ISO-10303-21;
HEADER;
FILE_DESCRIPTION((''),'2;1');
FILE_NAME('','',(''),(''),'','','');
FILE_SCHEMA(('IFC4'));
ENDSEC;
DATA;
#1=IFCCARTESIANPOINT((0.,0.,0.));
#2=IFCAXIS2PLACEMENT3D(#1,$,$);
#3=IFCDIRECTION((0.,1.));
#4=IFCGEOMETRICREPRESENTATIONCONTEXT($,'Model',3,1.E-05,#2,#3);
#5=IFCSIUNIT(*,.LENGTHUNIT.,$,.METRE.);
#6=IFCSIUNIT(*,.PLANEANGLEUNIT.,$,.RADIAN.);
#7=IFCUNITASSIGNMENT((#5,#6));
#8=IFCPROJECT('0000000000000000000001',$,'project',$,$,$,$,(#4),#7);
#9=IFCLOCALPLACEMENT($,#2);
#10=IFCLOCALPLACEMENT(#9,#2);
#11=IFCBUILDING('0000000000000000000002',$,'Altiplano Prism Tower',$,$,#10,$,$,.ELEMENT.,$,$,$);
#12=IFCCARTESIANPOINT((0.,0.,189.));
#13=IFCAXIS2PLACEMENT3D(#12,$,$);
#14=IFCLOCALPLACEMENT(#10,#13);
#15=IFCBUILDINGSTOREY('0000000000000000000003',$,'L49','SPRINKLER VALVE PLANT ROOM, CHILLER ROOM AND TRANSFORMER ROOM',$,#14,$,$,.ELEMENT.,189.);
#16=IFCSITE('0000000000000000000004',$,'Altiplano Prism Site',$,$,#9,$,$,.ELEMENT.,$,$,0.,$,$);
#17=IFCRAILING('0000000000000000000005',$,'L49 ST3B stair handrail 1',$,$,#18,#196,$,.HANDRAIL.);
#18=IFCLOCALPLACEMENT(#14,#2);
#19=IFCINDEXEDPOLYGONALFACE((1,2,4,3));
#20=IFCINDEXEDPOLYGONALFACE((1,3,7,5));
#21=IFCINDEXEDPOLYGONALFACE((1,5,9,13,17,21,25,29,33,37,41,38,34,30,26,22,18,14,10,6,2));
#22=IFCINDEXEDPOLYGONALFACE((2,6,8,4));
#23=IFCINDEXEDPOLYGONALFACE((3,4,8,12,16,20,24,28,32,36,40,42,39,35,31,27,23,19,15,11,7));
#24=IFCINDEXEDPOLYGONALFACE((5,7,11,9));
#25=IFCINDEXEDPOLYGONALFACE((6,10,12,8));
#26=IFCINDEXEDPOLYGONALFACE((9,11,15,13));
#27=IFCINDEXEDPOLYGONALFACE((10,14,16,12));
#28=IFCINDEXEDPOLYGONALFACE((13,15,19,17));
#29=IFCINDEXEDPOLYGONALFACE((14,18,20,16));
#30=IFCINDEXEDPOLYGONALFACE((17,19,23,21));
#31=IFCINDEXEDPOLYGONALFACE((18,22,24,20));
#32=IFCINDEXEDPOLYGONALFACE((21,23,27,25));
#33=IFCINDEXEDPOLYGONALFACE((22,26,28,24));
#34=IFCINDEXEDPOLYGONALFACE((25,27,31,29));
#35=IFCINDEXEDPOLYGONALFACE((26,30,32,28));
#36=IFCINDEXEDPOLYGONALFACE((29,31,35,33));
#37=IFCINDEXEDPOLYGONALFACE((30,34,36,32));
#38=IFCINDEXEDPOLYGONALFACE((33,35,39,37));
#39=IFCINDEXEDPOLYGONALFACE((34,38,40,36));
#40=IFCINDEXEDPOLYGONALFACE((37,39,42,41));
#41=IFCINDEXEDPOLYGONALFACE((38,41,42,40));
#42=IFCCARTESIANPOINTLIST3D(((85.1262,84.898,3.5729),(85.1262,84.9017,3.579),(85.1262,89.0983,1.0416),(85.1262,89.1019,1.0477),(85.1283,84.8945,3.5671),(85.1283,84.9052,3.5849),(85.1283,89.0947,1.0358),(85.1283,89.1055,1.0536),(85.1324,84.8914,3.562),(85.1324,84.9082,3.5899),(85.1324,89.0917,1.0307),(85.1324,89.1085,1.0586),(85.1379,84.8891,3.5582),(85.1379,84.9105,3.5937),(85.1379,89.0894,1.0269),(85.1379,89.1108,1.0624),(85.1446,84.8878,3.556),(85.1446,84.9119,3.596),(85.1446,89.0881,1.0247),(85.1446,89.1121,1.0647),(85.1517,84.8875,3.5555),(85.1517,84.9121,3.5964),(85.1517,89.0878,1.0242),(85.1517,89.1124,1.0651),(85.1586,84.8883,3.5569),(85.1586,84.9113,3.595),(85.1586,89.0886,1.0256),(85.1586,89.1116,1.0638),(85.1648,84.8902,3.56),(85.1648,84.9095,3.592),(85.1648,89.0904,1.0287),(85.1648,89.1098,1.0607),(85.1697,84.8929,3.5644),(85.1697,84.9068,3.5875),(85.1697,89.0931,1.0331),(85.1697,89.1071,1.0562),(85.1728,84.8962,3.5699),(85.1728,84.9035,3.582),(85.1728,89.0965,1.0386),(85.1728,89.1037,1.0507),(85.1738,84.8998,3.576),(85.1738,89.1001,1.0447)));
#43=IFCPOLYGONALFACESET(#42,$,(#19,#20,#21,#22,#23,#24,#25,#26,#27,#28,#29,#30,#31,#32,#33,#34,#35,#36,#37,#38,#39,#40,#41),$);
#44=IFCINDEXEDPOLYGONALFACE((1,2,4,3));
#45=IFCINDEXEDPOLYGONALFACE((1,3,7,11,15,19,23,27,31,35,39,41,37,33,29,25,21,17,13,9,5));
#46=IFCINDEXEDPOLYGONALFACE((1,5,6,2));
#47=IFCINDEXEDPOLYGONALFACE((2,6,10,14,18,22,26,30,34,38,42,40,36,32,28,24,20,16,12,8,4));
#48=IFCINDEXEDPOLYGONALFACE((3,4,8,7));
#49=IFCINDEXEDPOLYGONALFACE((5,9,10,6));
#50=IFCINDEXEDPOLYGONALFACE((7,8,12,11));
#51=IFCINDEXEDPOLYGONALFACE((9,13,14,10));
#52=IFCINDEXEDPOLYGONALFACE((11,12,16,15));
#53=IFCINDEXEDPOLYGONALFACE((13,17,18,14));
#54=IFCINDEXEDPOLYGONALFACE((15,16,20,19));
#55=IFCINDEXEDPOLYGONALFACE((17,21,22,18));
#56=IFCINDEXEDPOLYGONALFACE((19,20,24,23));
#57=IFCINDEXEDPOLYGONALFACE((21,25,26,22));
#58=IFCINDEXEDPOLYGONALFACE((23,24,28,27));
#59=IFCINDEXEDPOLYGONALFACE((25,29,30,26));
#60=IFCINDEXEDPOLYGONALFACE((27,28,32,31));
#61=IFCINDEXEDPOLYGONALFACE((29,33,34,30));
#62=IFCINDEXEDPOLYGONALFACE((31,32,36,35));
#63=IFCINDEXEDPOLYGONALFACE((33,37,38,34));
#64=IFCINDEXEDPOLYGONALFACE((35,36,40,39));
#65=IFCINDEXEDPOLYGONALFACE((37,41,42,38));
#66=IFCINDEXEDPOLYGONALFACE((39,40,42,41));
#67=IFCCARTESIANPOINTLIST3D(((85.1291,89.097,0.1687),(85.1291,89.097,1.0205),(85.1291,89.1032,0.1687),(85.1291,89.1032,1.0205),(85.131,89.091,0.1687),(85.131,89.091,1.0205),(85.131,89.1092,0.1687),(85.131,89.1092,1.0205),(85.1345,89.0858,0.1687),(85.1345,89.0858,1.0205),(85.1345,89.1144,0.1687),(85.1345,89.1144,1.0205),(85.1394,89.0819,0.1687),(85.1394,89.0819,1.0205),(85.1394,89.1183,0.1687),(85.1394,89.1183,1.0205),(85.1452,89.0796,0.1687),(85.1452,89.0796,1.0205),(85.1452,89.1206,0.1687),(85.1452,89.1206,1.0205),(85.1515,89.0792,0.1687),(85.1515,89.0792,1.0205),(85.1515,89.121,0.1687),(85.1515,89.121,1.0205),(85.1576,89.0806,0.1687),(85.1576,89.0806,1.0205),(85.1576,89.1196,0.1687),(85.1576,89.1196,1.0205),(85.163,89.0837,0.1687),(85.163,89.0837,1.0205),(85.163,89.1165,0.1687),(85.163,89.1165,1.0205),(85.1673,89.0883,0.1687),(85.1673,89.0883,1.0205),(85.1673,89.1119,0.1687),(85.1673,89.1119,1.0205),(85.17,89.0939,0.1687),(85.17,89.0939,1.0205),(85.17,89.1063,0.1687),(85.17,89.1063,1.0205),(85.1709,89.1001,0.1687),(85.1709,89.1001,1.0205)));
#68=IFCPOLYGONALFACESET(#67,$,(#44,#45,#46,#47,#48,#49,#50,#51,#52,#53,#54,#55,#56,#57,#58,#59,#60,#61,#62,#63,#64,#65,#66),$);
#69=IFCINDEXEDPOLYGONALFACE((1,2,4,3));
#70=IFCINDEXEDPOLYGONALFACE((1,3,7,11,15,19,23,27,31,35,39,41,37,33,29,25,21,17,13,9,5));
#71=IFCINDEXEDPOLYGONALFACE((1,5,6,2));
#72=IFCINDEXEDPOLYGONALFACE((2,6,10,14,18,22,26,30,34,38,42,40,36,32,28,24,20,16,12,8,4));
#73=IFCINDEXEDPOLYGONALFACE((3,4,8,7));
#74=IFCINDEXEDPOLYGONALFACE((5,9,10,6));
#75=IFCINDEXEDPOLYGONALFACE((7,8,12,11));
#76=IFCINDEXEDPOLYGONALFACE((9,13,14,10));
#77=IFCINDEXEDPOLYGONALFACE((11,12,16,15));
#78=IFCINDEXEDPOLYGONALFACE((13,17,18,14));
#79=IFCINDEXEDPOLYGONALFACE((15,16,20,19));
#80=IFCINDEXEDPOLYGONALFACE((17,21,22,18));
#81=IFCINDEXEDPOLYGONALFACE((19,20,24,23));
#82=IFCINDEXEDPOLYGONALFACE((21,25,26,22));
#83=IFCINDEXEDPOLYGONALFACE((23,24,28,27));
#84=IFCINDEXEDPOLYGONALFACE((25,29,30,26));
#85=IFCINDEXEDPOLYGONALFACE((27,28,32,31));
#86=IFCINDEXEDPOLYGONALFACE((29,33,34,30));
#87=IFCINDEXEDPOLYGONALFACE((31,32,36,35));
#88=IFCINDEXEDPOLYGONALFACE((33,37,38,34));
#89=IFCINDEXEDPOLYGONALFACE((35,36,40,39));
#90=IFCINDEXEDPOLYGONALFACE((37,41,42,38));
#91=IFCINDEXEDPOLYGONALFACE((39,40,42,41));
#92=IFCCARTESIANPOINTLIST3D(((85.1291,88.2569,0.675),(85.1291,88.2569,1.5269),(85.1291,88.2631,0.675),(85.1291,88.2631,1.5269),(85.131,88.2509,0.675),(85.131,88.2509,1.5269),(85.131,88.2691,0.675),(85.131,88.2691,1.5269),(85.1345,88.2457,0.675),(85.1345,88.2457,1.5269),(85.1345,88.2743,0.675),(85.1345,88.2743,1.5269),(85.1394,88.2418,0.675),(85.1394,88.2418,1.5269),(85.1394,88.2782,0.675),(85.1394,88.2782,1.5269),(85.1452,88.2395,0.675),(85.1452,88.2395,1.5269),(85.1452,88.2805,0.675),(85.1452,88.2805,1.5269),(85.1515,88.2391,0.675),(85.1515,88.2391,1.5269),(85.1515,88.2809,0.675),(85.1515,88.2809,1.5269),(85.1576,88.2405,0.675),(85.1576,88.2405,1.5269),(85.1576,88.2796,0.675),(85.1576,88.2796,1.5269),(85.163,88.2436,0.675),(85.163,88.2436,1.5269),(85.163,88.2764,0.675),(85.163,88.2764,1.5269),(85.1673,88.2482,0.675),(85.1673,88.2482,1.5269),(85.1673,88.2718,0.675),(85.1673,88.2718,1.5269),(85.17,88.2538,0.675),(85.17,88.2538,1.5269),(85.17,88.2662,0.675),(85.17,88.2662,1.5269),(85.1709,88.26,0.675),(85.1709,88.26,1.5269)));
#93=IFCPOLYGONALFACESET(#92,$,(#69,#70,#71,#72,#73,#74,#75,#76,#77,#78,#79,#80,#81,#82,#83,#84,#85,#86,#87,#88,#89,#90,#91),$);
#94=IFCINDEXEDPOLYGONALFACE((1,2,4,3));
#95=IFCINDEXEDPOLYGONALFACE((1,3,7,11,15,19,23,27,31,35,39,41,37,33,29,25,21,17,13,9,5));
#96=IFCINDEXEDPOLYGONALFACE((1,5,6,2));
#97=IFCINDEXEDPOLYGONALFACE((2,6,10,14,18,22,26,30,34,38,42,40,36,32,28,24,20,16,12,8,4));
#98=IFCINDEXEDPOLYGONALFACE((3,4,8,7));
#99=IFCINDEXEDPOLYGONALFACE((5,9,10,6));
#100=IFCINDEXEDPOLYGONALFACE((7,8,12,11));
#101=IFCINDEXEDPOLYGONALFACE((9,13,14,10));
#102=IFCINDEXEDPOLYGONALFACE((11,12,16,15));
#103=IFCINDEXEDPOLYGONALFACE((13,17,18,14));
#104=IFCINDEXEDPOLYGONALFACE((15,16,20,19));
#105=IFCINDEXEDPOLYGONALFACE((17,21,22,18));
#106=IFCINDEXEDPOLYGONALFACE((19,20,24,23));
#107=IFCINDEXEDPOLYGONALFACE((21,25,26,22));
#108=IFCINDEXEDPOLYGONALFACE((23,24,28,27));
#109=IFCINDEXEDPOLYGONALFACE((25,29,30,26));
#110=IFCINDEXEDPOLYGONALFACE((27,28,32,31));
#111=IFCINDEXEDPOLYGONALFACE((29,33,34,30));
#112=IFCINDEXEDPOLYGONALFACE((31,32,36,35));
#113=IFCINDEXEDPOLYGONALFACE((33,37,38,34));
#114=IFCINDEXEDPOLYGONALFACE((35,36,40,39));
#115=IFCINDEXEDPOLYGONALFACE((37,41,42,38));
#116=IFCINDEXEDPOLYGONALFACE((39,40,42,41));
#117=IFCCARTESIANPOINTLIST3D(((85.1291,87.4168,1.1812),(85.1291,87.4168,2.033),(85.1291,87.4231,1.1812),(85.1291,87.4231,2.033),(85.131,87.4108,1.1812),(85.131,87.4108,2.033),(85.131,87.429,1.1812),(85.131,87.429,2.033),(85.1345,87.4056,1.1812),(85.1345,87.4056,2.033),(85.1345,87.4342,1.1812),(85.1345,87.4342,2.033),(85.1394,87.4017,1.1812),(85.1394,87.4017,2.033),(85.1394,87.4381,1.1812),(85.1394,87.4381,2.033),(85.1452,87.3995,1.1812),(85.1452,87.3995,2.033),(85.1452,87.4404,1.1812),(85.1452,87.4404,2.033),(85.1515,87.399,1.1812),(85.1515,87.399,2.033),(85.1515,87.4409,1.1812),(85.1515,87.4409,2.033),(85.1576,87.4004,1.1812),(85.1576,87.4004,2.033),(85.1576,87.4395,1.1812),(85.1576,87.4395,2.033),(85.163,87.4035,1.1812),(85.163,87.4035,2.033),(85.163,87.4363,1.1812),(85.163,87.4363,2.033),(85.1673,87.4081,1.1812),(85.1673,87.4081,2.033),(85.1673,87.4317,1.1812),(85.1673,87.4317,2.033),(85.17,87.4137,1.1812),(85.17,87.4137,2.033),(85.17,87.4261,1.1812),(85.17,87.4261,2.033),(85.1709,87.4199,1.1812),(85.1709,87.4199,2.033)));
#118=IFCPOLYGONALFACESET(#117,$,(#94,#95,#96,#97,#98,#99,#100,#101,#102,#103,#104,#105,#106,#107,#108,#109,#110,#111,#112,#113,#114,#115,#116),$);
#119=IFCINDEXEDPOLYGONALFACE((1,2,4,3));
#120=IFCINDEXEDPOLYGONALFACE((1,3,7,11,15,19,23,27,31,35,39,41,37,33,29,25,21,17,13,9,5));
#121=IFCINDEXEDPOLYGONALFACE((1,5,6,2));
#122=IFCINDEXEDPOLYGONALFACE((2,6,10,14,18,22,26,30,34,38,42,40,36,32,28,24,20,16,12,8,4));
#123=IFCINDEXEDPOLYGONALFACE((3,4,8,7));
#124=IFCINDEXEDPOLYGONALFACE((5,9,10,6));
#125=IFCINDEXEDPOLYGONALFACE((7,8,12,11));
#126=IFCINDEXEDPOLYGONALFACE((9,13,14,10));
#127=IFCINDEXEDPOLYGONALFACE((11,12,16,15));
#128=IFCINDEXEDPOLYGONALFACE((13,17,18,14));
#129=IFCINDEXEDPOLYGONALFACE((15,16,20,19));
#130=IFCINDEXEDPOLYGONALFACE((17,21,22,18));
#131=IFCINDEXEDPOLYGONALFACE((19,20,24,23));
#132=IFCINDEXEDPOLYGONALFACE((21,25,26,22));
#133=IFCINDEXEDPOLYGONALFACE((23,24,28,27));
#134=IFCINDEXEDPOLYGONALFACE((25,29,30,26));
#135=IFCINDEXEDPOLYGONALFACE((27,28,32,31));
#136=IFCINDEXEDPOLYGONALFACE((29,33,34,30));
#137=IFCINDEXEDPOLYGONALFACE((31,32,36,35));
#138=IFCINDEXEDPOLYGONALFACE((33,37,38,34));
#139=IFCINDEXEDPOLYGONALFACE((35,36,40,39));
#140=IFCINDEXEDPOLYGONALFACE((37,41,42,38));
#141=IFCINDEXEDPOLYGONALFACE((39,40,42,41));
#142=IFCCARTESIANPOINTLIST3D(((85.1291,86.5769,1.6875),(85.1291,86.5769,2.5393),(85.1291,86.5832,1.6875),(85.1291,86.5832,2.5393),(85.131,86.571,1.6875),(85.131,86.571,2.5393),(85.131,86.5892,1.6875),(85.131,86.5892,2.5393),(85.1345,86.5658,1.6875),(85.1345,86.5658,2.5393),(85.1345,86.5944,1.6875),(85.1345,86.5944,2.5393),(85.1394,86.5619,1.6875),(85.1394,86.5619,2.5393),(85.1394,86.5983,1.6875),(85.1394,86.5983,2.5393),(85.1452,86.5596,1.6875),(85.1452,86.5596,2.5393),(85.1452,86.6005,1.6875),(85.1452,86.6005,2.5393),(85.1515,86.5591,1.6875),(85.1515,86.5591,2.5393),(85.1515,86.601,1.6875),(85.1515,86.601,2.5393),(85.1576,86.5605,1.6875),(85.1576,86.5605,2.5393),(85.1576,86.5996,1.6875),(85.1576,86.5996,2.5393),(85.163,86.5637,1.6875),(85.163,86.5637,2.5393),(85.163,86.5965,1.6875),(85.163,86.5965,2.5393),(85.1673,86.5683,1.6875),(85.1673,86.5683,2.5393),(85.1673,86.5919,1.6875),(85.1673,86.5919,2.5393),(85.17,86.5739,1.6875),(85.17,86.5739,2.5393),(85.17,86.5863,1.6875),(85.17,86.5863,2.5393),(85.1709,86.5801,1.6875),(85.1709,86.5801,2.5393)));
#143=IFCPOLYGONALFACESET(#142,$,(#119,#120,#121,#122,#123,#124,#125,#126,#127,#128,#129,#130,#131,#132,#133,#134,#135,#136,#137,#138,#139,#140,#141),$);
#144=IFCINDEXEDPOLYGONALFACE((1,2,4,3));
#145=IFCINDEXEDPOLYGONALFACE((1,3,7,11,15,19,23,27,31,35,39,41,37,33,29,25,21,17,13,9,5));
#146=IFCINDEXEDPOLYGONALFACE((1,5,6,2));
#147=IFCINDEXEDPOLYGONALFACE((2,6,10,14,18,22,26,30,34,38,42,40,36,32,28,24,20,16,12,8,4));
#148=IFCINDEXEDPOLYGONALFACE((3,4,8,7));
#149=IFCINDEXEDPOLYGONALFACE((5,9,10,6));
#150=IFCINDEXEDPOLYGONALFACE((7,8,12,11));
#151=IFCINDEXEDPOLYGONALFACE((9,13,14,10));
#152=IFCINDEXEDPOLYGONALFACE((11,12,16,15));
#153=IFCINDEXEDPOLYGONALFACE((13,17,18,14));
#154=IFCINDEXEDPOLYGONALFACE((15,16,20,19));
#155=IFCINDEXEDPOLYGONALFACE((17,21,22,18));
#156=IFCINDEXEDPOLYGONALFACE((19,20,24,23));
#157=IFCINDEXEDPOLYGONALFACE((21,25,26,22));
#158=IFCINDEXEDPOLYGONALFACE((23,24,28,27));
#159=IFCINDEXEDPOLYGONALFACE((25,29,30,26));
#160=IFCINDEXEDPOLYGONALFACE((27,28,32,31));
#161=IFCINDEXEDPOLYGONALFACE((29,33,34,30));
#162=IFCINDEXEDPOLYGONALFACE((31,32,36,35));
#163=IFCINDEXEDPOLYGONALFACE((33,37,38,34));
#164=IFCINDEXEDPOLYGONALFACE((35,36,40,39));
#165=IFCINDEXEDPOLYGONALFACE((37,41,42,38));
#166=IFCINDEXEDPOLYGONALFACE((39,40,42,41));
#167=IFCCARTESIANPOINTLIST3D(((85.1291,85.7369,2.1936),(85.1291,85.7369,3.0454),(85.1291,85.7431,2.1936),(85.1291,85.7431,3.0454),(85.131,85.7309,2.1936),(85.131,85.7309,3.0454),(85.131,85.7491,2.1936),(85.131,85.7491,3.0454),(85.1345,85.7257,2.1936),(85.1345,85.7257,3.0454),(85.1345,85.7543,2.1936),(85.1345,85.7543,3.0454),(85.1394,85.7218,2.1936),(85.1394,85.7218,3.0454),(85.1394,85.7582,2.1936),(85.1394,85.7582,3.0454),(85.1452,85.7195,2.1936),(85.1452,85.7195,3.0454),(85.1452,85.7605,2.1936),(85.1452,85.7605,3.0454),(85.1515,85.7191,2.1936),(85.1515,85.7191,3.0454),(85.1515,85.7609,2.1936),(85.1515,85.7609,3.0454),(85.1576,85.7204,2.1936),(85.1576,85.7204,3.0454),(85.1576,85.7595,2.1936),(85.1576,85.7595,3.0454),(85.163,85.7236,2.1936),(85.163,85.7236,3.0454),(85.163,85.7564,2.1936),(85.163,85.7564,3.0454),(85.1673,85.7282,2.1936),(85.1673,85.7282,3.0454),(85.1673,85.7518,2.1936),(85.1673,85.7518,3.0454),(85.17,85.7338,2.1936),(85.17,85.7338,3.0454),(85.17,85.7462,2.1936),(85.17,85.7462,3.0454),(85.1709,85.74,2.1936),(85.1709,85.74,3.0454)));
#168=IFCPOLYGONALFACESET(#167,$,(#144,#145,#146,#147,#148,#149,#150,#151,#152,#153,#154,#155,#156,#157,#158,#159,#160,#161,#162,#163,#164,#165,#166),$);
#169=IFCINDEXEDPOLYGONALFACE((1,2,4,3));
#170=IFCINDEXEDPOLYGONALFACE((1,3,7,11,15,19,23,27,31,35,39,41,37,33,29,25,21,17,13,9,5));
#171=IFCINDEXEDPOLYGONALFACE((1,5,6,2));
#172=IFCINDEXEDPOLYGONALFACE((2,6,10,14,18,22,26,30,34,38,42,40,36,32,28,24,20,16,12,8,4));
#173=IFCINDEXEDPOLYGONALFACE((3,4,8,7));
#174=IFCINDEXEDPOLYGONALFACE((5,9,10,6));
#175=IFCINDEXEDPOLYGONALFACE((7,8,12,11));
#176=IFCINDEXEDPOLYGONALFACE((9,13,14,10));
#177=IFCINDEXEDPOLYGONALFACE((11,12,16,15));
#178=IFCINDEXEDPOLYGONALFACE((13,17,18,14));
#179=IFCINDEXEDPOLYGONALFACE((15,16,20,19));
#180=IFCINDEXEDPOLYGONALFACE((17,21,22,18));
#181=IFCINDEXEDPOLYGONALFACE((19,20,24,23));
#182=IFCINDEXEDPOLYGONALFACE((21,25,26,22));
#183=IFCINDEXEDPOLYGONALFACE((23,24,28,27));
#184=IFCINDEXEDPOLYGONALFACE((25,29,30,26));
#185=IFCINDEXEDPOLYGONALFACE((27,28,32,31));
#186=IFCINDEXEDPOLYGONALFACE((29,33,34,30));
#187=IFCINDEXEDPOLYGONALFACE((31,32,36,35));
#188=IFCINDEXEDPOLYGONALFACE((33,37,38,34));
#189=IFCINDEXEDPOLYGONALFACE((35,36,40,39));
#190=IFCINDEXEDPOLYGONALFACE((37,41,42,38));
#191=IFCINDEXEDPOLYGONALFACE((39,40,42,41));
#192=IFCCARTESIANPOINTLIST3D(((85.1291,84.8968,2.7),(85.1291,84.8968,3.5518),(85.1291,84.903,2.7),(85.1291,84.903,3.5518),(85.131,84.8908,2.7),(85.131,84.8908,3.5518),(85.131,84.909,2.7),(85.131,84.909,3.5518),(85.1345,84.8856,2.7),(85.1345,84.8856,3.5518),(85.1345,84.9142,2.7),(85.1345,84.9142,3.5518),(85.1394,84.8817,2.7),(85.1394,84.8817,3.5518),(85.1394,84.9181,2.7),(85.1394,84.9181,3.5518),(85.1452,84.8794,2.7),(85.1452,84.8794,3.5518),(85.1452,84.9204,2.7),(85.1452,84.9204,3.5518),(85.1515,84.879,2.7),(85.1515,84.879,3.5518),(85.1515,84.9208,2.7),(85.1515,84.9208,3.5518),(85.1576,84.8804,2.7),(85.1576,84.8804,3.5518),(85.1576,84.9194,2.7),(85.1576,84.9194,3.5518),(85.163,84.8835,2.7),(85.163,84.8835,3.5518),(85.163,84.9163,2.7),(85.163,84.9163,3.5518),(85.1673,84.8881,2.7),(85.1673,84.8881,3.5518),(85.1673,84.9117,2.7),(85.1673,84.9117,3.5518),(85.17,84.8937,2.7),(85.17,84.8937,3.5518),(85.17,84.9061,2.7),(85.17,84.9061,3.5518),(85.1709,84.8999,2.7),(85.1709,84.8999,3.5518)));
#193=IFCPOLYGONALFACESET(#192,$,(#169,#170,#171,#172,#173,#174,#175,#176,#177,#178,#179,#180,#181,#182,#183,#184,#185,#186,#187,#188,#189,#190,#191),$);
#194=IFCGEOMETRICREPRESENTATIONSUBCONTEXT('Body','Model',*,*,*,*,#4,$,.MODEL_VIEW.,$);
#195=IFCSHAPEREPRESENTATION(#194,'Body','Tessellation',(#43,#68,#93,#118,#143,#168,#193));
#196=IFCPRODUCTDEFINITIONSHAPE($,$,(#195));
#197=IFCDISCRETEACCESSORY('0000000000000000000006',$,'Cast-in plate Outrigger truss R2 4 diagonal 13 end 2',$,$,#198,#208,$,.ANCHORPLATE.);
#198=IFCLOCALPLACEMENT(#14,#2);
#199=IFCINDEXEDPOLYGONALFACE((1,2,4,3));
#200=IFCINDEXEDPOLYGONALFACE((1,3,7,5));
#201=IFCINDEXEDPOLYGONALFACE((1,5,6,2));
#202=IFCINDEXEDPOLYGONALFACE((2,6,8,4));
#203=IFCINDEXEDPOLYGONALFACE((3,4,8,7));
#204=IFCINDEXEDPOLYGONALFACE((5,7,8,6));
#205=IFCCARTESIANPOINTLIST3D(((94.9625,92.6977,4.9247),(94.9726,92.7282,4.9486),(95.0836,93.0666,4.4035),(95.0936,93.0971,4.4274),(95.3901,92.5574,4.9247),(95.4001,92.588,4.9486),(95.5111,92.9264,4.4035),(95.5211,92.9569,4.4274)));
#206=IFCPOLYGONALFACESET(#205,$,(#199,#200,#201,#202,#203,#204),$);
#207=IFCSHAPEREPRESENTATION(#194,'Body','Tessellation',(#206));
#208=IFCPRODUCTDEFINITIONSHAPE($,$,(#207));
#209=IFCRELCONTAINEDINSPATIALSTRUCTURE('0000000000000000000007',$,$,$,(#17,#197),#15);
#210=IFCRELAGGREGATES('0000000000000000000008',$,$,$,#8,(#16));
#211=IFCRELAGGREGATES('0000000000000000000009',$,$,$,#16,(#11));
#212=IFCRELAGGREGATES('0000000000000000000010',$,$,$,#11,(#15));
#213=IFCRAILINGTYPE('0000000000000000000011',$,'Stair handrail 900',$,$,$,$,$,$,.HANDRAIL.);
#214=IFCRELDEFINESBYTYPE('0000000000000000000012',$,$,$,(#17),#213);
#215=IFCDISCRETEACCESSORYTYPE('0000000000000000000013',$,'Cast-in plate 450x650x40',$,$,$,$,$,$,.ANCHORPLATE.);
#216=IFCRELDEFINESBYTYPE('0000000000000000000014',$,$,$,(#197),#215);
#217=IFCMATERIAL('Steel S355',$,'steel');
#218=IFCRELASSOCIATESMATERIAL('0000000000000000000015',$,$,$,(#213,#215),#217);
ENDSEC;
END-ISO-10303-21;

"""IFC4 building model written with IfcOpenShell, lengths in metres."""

from ifc_helpers import new_model, si_unit, direction, frame, origin, origin_2d, place, context, subcontext, project, spatial, rectangle, circle, extrude, material, material_profile, profile_set, type_object, element, save


model = new_model("IFC4")

# Units and contexts
model_context = context("Model", 3, precision=1e-05, world=origin(), true_north=direction((0.0, 1.0)))
body_context = subcontext(model_context, "Body", "Model", "MODEL_VIEW")
ifc_project = project(units=[si_unit("LENGTHUNIT", "METRE"), si_unit("PLANEANGLEUNIT", "RADIAN")], contexts=[model_context])

# Site, building, storey
site_placement = place(None, origin())
site = spatial("IfcSite", under=ifc_project, at=site_placement, Name="Altiplano Prism Site", CompositionType="ELEMENT", RefElevation=0.0)
building_placement = place(site_placement, origin())
building = spatial("IfcBuilding", under=site, at=building_placement, Name="Altiplano Prism Tower", CompositionType="ELEMENT")
storey_placement = place(building_placement, frame((0.0, 0.0, 189.0)))
storey = spatial("IfcBuildingStorey", under=building, at=storey_placement, Name="L49", Description="SPRINKLER VALVE PLANT ROOM, CHILLER ROOM AND TRANSFORMER ROOM", CompositionType="ELEMENT", Elevation=189.0)

# Shared definitions
ifc_material_1 = material(Name="Steel S355", Category="steel")

# Railing
railing_type_1 = type_object("IfcRailingType", Name="Stair handrail 900", PredefinedType="HANDRAIL", material=ifc_material_1)
railing_1_placement = place(storey_placement, frame((85.1499, 89.1001, 0.1687)))
element("IfcRailing", 1, at=railing_1_placement, inside=storey, type_object=railing_type_1, Name="L49 ST3B stair handrail 1", PredefinedType="HANDRAIL", context=body_context, shape_type="SweptSolid", body=[
    extrude(circle(Radius=0.0239, at=origin_2d()), frame((0.0, 0.0, 0.876), z_axis=(0.0, -0.85649, 0.516164), x_axis=(1.0, 0.0, 0.0)), (0.0, 0.0, 1.0), 4.9041),
    extrude(circle(Radius=0.021, at=origin_2d()), origin(), (0.0, 0.0, 1.0), 0.8518),
    extrude(circle(Radius=0.021, at=origin_2d()), frame((0.0, -0.8401, 0.5063)), (0.0, 0.0, 1.0), 0.8518),
    extrude(circle(Radius=0.021, at=origin_2d()), frame((0.0, -1.6802, 1.0125)), (0.0, 0.0, 1.0), 0.8518),
    extrude(circle(Radius=0.021, at=origin_2d()), frame((0.0, -2.52, 1.5188)), (0.0, 0.0, 1.0), 0.8518),
    extrude(circle(Radius=0.021, at=origin_2d()), frame((0.0, -3.3601, 2.0249)), (0.0, 0.0, 1.0), 0.8518),
    extrude(circle(Radius=0.021, at=origin_2d()), frame((0.0, -4.2002, 2.5312)), (0.0, 0.0, 1.0), 0.8518),
])

# Discrete accessory
ifc_material_profile_1 = material_profile(ifc_material_1, rectangle(XDim=0.45, YDim=0.6499, at=origin_2d()), Name="Cast-in plate 450x650x40")
ifc_profile_set_1 = profile_set([ifc_material_profile_1], Name="Steel S355")
discrete_accessory_type_1 = type_object("IfcDiscreteAccessoryType", Name="Cast-in plate 450x650x40", PredefinedType="ANCHORPLATE", material=ifc_profile_set_1)
discrete_accessory_placement = place(storey_placement, frame((95.2468, 92.8425, 4.688), z_axis=(-0.249935, -0.761997, -0.597406), x_axis=(0.950193, -0.311663, 0.0)))
element("IfcDiscreteAccessory", 2, at=discrete_accessory_placement, inside=storey, type_object=discrete_accessory_type_1, Name="Cast-in plate Outrigger truss R2 4 diagonal 13 end 2", PredefinedType="ANCHORPLATE", context=body_context, shape_type="SweptSolid", body=[
    extrude(rectangle(XDim=0.45, YDim=0.6499, at=origin_2d()), origin(), (0.0, 0.0, 1.0), 0.04),
])

save(model, "model.ifc")
